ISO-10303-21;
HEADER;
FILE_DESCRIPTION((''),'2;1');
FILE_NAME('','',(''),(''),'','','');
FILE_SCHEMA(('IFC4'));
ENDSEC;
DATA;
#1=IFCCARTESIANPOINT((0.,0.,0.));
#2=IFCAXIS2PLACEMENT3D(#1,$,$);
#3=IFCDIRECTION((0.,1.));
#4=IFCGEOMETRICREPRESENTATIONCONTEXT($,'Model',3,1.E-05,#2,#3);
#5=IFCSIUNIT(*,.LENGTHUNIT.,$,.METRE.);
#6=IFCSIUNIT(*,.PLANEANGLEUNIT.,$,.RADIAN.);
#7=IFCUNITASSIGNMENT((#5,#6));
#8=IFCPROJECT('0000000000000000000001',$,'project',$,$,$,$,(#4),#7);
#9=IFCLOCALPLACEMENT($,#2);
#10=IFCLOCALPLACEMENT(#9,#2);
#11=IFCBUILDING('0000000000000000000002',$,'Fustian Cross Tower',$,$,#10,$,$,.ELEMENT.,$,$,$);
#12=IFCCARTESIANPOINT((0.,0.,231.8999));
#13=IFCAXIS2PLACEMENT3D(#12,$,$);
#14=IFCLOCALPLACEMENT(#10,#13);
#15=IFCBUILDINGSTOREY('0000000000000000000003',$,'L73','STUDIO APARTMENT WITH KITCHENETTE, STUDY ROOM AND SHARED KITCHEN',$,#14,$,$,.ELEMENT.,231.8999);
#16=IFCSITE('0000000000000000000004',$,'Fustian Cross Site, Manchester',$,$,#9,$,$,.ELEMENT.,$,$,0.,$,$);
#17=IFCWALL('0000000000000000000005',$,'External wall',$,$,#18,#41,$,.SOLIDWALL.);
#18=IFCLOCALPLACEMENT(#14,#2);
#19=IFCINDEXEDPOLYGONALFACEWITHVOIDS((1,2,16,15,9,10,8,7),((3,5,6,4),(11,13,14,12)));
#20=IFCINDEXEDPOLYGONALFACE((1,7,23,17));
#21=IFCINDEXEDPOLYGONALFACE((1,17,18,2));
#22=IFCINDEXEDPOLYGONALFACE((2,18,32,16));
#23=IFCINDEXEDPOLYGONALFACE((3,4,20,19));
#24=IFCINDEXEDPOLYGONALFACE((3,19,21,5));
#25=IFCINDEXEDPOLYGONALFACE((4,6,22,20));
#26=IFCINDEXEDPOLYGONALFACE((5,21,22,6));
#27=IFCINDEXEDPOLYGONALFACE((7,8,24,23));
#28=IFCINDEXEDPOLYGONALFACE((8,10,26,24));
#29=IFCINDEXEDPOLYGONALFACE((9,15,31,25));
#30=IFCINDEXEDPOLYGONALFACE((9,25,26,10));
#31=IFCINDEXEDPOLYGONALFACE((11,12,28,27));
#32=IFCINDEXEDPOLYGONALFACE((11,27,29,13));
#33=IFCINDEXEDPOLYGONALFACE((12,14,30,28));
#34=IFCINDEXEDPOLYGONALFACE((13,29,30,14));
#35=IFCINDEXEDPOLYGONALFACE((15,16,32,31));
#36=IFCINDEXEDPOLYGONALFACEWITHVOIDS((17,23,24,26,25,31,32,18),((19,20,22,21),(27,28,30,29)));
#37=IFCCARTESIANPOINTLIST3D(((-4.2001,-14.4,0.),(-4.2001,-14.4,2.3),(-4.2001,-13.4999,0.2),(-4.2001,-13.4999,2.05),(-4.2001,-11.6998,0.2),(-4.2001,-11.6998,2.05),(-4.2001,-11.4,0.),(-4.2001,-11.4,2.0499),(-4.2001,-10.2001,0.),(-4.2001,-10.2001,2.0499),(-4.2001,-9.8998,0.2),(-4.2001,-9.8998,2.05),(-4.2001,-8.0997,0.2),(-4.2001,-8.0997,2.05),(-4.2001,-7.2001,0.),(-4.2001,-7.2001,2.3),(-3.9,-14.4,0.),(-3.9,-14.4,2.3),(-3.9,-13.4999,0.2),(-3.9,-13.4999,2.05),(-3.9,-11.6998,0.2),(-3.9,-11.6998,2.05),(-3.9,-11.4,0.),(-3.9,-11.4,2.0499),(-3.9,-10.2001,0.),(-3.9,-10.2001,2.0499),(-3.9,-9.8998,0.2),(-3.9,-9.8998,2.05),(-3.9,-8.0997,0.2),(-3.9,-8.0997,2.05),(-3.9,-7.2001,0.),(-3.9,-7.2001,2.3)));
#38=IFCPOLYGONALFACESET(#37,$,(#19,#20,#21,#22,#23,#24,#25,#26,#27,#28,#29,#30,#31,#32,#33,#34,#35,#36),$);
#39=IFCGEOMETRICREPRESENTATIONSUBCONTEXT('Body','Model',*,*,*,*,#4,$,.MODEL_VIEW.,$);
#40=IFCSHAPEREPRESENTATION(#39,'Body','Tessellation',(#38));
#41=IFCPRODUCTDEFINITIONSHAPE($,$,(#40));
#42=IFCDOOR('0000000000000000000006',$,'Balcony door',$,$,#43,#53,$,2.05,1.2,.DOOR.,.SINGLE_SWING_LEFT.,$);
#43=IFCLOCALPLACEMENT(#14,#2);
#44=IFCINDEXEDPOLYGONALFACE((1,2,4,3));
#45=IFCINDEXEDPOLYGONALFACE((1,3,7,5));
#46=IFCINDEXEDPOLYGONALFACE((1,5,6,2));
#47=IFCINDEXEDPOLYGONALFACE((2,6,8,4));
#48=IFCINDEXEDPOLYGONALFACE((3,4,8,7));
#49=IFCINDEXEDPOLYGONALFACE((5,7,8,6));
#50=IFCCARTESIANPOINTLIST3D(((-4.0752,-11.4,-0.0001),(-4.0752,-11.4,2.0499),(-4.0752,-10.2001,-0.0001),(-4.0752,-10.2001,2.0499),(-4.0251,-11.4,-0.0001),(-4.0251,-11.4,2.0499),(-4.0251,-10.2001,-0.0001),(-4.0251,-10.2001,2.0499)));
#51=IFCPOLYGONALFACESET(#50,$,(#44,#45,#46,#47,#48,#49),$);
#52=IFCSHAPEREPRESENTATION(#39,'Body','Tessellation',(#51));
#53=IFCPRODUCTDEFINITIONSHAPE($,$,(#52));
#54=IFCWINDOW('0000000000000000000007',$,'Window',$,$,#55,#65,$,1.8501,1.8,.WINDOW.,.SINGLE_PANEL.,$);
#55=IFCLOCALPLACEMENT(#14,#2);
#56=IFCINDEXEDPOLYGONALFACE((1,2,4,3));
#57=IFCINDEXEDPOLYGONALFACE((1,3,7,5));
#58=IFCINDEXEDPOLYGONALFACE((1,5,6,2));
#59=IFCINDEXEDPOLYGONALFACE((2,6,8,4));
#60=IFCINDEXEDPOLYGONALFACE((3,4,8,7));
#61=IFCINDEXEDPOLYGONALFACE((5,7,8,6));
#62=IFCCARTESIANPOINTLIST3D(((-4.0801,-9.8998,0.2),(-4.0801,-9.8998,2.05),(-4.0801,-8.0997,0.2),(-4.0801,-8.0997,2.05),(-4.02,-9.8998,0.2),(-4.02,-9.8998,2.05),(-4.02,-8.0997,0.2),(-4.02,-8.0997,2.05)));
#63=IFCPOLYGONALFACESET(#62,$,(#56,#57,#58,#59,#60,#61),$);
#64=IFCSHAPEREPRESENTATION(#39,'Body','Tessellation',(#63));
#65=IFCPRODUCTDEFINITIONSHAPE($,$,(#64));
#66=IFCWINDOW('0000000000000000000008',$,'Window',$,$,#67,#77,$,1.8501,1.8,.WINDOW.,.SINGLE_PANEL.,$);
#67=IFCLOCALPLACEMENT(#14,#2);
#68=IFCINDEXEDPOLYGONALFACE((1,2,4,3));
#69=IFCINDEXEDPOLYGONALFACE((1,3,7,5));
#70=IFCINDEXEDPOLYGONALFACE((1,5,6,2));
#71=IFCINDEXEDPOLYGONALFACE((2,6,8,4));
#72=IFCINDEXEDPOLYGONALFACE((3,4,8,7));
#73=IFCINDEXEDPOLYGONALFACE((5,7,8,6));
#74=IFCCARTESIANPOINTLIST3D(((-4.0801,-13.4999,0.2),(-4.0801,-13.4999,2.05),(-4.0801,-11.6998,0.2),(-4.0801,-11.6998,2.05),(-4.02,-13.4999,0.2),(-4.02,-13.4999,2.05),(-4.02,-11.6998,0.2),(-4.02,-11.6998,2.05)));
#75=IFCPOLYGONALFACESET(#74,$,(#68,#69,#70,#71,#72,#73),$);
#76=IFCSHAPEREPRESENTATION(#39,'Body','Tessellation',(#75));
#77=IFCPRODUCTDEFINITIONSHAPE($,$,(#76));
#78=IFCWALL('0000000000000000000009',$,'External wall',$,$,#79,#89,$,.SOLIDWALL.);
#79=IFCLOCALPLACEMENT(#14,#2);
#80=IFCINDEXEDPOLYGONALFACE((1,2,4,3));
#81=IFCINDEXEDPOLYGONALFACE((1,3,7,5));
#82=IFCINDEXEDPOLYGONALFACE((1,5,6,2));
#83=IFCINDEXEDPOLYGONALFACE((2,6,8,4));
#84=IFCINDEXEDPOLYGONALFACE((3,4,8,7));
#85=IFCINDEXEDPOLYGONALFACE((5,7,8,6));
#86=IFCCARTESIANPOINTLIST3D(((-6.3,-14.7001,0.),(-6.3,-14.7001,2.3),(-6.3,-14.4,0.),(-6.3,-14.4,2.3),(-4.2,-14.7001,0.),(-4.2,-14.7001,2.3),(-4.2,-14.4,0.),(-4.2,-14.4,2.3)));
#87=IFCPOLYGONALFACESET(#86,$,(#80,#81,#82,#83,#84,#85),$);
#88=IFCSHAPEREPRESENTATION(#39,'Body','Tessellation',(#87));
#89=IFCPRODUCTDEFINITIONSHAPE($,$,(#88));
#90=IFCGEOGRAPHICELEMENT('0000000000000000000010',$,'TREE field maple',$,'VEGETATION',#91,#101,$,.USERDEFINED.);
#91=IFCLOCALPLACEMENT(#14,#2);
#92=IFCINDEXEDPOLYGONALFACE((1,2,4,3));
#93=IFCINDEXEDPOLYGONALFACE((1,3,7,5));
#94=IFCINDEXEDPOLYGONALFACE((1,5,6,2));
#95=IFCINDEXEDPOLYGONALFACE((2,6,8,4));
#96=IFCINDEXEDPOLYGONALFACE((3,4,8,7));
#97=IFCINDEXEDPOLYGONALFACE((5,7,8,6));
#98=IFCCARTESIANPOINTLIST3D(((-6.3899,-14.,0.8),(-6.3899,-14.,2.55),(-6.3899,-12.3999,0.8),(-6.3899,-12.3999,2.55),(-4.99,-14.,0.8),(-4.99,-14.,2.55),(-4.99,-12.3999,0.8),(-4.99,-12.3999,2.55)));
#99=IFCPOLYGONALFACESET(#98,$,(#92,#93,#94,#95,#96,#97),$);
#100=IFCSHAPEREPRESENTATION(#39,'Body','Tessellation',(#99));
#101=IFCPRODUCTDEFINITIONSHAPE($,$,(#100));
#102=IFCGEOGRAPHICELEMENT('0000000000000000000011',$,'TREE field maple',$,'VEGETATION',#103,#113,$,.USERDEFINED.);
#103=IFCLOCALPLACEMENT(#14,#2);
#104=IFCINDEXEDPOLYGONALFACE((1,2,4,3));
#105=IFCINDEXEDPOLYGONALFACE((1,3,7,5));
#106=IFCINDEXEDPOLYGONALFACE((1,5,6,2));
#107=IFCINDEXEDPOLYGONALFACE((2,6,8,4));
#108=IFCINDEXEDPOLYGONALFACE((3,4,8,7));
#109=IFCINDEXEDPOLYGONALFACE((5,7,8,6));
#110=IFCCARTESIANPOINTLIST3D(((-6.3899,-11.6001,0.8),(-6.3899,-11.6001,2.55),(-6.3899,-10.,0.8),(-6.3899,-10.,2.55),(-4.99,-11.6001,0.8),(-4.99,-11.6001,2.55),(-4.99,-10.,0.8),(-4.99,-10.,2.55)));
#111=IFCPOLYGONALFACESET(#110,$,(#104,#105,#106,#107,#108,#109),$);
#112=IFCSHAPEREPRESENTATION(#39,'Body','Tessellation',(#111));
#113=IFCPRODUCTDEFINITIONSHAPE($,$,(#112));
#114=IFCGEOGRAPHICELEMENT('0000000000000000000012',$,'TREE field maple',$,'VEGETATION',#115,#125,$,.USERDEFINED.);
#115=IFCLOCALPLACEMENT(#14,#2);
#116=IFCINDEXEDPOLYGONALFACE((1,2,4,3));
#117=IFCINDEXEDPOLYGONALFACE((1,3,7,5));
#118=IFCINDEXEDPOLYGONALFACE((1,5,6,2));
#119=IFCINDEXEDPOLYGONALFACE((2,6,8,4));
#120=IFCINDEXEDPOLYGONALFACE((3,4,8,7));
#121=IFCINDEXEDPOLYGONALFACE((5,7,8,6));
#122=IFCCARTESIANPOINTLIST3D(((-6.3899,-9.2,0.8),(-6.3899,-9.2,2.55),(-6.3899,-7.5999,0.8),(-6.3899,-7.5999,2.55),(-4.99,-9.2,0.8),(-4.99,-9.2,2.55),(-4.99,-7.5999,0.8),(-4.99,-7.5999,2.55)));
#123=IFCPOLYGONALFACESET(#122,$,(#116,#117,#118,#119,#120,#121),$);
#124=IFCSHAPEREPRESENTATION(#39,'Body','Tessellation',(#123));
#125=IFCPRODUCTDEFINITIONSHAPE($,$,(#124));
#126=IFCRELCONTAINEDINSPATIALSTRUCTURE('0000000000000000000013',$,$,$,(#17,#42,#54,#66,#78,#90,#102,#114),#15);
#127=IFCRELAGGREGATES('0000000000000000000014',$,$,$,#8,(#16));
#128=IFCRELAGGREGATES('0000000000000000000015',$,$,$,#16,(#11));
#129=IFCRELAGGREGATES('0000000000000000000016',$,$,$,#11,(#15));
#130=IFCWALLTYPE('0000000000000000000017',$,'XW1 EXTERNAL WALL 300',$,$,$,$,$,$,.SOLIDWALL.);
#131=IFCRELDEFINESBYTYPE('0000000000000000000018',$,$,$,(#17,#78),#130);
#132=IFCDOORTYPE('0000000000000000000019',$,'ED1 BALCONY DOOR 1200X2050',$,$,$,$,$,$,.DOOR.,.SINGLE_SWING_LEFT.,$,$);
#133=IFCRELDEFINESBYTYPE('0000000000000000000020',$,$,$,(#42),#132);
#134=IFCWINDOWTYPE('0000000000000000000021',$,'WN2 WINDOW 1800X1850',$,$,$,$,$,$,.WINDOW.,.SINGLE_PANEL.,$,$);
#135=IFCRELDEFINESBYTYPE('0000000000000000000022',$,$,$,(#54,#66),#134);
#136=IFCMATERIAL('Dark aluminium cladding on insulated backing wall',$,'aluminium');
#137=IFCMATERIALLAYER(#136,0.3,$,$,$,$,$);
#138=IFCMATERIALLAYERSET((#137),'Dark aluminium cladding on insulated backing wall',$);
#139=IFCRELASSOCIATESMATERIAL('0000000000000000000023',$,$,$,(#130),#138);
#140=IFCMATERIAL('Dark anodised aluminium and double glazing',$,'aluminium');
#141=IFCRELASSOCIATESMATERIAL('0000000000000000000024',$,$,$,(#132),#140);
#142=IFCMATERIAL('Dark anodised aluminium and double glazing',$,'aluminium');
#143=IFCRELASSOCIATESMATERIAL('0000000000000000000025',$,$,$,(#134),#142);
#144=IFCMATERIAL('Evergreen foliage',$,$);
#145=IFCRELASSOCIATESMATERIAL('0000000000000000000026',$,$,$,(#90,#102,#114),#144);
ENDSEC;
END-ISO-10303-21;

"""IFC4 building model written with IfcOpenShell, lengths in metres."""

from ifc_helpers import new_model, si_unit, direction, frame, frame_2d, origin, origin_2d, place, context, subcontext, project, spatial, rectangle, extrude, material, layer, layer_set, type_object, element, fill, save


model = new_model("IFC4")

# Units and contexts
model_context = context("Model", 3, precision=1e-05, world=origin(), true_north=direction((0.0, 1.0)))
body_context = subcontext(model_context, "Body", "Model", "MODEL_VIEW")
ifc_project = project(units=[si_unit("LENGTHUNIT", "METRE"), si_unit("PLANEANGLEUNIT", "RADIAN")], contexts=[model_context])

# Site, building, storey
site_placement = place(None, origin())
site = spatial("IfcSite", under=ifc_project, at=site_placement, Name="Fustian Cross Site, Manchester", CompositionType="ELEMENT", RefElevation=0.0)
building_placement = place(site_placement, origin())
building = spatial("IfcBuilding", under=site, at=building_placement, Name="Fustian Cross Tower", CompositionType="ELEMENT")
storey_placement = place(building_placement, frame((0.0, 0.0, 231.8999)))
storey = spatial("IfcBuildingStorey", under=building, at=storey_placement, Name="L73", Description="STUDIO APARTMENT WITH KITCHENETTE, STUDY ROOM AND SHARED KITCHEN", CompositionType="ELEMENT", Elevation=231.8999)

# Wall, openings, door, windows
ifc_material_1 = material(Name="Dark aluminium cladding on insulated backing wall", Category="aluminium")
ifc_layer_1 = layer(ifc_material_1, 0.3)
ifc_layer_set_1 = layer_set([ifc_layer_1], Name="Dark aluminium cladding on insulated backing wall")
wall_type_1 = type_object("IfcWallType", Name="XW1 EXTERNAL WALL 300", PredefinedType="SOLIDWALL", material=ifc_layer_set_1)
wall_1_placement = place(storey_placement, frame((-4.05, -7.2, 0.0), z_axis=(0.0, 0.0, 1.0), x_axis=(0.0, -1.0, 0.0)))
wall_1 = element("IfcWall", 1, at=wall_1_placement, inside=storey, type_object=wall_type_1, Name="External wall", PredefinedType="SOLIDWALL", context=body_context, shape_type="SweptSolid", body=[
    extrude(rectangle(XDim=7.2, YDim=0.3, at=frame_2d((3.6001, 0.0))), origin(), (0.0, 0.0, 1.0), 2.3),
])
opening_1_placement = place(wall_1_placement, frame((3.0, 0.0, 0.0)))
opening_1 = element("IfcOpeningElement", 2, at=opening_1_placement, cuts=wall_1, PredefinedType="OPENING", context=body_context, shape_type="SweptSolid", body=[
    extrude(rectangle(XDim=1.2, YDim=2.05, at=frame_2d((0.6001, 1.0249))), frame((0.0, 0.1599, 0.0), z_axis=(0.0, -1.0, 0.0), x_axis=(1.0, 0.0, 0.0)), (0.0, 0.0, 1.0), 0.3201),
])
opening_2_placement = place(wall_1_placement, frame((0.8999, 0.0, 0.2)))
opening_2 = element("IfcOpeningElement", 3, at=opening_2_placement, cuts=wall_1, PredefinedType="OPENING", context=body_context, shape_type="SweptSolid", body=[
    extrude(rectangle(XDim=1.8, YDim=1.8501, at=frame_2d((0.8999, 0.925))), frame((0.0, 0.1599, 0.0), z_axis=(0.0, -1.0, 0.0), x_axis=(1.0, 0.0, 0.0)), (0.0, 0.0, 1.0), 0.3201),
])
opening_3_placement = place(wall_1_placement, frame((4.5, 0.0, 0.2)))
opening_3 = element("IfcOpeningElement", 4, at=opening_3_placement, cuts=wall_1, PredefinedType="OPENING", context=body_context, shape_type="SweptSolid", body=[
    extrude(rectangle(XDim=1.8, YDim=1.8501, at=frame_2d((0.8999, 0.925))), frame((0.0, 0.1599, 0.0), z_axis=(0.0, -1.0, 0.0), x_axis=(1.0, 0.0, 0.0)), (0.0, 0.0, 1.0), 0.3201),
])
ifc_material_2 = material(Name="Dark anodised aluminium and double glazing", Category="aluminium")
door_type = type_object("IfcDoorType", Name="ED1 BALCONY DOOR 1200X2050", OperationType="SINGLE_SWING_LEFT", PredefinedType="DOOR", material=ifc_material_2)
door_placement = place(opening_1_placement, origin())
door = element("IfcDoor", 5, at=door_placement, inside=storey, type_object=door_type, Name="Balcony door", OperationType="SINGLE_SWING_LEFT", OverallHeight=2.05, OverallWidth=1.2, PredefinedType="DOOR", context=body_context, shape_type="SweptSolid", body=[
    extrude(rectangle(XDim=1.2, YDim=2.05, at=frame_2d((0.6001, 1.0249))), frame((0.0, 0.0249, 0.0), z_axis=(0.0, -1.0, 0.0), x_axis=(1.0, 0.0, 0.0)), (0.0, 0.0, 1.0), 0.05),
])
fill(opening_1, door)
ifc_material_3 = material(Name="Dark anodised aluminium and double glazing", Category="aluminium")
window_type = type_object("IfcWindowType", Name="WN2 WINDOW 1800X1850", PartitioningType="SINGLE_PANEL", PredefinedType="WINDOW", material=ifc_material_3)
window_1_placement = place(opening_2_placement, origin())
window_1 = element("IfcWindow", 6, at=window_1_placement, inside=storey, type_object=window_type, Name="Window", OverallHeight=1.8501, OverallWidth=1.8, PartitioningType="SINGLE_PANEL", PredefinedType="WINDOW", context=body_context, shape_type="SweptSolid", body=[
    extrude(rectangle(XDim=1.8, YDim=1.8501, at=frame_2d((0.8999, 0.925))), frame((0.0, 0.03, 0.0), z_axis=(0.0, -1.0, 0.0), x_axis=(1.0, 0.0, 0.0)), (0.0, 0.0, 1.0), 0.0601),
])
fill(opening_2, window_1)
window_2_placement = place(opening_3_placement, origin())
window_2 = element("IfcWindow", 7, at=window_2_placement, inside=storey, type_object=window_type, Name="Window", OverallHeight=1.8501, OverallWidth=1.8, PartitioningType="SINGLE_PANEL", PredefinedType="WINDOW", context=body_context, shape_type="SweptSolid", body=[
    extrude(rectangle(XDim=1.8, YDim=1.8501, at=frame_2d((0.8999, 0.925))), frame((0.0, 0.03, 0.0), z_axis=(0.0, -1.0, 0.0), x_axis=(1.0, 0.0, 0.0)), (0.0, 0.0, 1.0), 0.0601),
])
fill(opening_3, window_2)

# Wall
wall_2_placement = place(storey_placement, frame((-4.2, -14.55, 0.0), z_axis=(0.0, 0.0, 1.0), x_axis=(-1.0, 0.0, 0.0)))
element("IfcWall", 8, at=wall_2_placement, inside=storey, type_object=wall_type_1, Name="External wall", PredefinedType="SOLIDWALL", context=body_context, shape_type="SweptSolid", body=[
    extrude(rectangle(XDim=2.1001, YDim=0.3, at=frame_2d((1.05, 0.0))), origin(), (0.0, 0.0, 1.0), 2.3),
])

# Geographic elements
ifc_material_4 = material(Name="Evergreen foliage")
for number, where, z_axis, x_axis, name in (
    (9, (-5.6899, -13.2, 0.8), (0.0, 0.0, 1.0), (1.0, 0.0, 0.0), "TREE field maple"),
    (10, (-5.6899, -10.8, 0.8), (0.0, 0.0, 1.0), (1.0, 0.0, 0.0), "TREE field maple"),
    (11, (-5.6899, -8.3999, 0.8), (0.0, 0.0, 1.0), (1.0, 0.0, 0.0), "TREE field maple"),
):
    element("IfcGeographicElement", number, at=place(storey_placement, frame(where, z_axis=z_axis, x_axis=x_axis)), inside=storey, material=ifc_material_4, Name=name, ObjectType="VEGETATION", PredefinedType="USERDEFINED", context=body_context, shape_type="SweptSolid", body=[
        extrude(rectangle(XDim=1.3999, YDim=1.6001, at=origin_2d()), origin(), (0.0, 0.0, 1.0), 1.75),
    ])

save(model, "model.ifc")
